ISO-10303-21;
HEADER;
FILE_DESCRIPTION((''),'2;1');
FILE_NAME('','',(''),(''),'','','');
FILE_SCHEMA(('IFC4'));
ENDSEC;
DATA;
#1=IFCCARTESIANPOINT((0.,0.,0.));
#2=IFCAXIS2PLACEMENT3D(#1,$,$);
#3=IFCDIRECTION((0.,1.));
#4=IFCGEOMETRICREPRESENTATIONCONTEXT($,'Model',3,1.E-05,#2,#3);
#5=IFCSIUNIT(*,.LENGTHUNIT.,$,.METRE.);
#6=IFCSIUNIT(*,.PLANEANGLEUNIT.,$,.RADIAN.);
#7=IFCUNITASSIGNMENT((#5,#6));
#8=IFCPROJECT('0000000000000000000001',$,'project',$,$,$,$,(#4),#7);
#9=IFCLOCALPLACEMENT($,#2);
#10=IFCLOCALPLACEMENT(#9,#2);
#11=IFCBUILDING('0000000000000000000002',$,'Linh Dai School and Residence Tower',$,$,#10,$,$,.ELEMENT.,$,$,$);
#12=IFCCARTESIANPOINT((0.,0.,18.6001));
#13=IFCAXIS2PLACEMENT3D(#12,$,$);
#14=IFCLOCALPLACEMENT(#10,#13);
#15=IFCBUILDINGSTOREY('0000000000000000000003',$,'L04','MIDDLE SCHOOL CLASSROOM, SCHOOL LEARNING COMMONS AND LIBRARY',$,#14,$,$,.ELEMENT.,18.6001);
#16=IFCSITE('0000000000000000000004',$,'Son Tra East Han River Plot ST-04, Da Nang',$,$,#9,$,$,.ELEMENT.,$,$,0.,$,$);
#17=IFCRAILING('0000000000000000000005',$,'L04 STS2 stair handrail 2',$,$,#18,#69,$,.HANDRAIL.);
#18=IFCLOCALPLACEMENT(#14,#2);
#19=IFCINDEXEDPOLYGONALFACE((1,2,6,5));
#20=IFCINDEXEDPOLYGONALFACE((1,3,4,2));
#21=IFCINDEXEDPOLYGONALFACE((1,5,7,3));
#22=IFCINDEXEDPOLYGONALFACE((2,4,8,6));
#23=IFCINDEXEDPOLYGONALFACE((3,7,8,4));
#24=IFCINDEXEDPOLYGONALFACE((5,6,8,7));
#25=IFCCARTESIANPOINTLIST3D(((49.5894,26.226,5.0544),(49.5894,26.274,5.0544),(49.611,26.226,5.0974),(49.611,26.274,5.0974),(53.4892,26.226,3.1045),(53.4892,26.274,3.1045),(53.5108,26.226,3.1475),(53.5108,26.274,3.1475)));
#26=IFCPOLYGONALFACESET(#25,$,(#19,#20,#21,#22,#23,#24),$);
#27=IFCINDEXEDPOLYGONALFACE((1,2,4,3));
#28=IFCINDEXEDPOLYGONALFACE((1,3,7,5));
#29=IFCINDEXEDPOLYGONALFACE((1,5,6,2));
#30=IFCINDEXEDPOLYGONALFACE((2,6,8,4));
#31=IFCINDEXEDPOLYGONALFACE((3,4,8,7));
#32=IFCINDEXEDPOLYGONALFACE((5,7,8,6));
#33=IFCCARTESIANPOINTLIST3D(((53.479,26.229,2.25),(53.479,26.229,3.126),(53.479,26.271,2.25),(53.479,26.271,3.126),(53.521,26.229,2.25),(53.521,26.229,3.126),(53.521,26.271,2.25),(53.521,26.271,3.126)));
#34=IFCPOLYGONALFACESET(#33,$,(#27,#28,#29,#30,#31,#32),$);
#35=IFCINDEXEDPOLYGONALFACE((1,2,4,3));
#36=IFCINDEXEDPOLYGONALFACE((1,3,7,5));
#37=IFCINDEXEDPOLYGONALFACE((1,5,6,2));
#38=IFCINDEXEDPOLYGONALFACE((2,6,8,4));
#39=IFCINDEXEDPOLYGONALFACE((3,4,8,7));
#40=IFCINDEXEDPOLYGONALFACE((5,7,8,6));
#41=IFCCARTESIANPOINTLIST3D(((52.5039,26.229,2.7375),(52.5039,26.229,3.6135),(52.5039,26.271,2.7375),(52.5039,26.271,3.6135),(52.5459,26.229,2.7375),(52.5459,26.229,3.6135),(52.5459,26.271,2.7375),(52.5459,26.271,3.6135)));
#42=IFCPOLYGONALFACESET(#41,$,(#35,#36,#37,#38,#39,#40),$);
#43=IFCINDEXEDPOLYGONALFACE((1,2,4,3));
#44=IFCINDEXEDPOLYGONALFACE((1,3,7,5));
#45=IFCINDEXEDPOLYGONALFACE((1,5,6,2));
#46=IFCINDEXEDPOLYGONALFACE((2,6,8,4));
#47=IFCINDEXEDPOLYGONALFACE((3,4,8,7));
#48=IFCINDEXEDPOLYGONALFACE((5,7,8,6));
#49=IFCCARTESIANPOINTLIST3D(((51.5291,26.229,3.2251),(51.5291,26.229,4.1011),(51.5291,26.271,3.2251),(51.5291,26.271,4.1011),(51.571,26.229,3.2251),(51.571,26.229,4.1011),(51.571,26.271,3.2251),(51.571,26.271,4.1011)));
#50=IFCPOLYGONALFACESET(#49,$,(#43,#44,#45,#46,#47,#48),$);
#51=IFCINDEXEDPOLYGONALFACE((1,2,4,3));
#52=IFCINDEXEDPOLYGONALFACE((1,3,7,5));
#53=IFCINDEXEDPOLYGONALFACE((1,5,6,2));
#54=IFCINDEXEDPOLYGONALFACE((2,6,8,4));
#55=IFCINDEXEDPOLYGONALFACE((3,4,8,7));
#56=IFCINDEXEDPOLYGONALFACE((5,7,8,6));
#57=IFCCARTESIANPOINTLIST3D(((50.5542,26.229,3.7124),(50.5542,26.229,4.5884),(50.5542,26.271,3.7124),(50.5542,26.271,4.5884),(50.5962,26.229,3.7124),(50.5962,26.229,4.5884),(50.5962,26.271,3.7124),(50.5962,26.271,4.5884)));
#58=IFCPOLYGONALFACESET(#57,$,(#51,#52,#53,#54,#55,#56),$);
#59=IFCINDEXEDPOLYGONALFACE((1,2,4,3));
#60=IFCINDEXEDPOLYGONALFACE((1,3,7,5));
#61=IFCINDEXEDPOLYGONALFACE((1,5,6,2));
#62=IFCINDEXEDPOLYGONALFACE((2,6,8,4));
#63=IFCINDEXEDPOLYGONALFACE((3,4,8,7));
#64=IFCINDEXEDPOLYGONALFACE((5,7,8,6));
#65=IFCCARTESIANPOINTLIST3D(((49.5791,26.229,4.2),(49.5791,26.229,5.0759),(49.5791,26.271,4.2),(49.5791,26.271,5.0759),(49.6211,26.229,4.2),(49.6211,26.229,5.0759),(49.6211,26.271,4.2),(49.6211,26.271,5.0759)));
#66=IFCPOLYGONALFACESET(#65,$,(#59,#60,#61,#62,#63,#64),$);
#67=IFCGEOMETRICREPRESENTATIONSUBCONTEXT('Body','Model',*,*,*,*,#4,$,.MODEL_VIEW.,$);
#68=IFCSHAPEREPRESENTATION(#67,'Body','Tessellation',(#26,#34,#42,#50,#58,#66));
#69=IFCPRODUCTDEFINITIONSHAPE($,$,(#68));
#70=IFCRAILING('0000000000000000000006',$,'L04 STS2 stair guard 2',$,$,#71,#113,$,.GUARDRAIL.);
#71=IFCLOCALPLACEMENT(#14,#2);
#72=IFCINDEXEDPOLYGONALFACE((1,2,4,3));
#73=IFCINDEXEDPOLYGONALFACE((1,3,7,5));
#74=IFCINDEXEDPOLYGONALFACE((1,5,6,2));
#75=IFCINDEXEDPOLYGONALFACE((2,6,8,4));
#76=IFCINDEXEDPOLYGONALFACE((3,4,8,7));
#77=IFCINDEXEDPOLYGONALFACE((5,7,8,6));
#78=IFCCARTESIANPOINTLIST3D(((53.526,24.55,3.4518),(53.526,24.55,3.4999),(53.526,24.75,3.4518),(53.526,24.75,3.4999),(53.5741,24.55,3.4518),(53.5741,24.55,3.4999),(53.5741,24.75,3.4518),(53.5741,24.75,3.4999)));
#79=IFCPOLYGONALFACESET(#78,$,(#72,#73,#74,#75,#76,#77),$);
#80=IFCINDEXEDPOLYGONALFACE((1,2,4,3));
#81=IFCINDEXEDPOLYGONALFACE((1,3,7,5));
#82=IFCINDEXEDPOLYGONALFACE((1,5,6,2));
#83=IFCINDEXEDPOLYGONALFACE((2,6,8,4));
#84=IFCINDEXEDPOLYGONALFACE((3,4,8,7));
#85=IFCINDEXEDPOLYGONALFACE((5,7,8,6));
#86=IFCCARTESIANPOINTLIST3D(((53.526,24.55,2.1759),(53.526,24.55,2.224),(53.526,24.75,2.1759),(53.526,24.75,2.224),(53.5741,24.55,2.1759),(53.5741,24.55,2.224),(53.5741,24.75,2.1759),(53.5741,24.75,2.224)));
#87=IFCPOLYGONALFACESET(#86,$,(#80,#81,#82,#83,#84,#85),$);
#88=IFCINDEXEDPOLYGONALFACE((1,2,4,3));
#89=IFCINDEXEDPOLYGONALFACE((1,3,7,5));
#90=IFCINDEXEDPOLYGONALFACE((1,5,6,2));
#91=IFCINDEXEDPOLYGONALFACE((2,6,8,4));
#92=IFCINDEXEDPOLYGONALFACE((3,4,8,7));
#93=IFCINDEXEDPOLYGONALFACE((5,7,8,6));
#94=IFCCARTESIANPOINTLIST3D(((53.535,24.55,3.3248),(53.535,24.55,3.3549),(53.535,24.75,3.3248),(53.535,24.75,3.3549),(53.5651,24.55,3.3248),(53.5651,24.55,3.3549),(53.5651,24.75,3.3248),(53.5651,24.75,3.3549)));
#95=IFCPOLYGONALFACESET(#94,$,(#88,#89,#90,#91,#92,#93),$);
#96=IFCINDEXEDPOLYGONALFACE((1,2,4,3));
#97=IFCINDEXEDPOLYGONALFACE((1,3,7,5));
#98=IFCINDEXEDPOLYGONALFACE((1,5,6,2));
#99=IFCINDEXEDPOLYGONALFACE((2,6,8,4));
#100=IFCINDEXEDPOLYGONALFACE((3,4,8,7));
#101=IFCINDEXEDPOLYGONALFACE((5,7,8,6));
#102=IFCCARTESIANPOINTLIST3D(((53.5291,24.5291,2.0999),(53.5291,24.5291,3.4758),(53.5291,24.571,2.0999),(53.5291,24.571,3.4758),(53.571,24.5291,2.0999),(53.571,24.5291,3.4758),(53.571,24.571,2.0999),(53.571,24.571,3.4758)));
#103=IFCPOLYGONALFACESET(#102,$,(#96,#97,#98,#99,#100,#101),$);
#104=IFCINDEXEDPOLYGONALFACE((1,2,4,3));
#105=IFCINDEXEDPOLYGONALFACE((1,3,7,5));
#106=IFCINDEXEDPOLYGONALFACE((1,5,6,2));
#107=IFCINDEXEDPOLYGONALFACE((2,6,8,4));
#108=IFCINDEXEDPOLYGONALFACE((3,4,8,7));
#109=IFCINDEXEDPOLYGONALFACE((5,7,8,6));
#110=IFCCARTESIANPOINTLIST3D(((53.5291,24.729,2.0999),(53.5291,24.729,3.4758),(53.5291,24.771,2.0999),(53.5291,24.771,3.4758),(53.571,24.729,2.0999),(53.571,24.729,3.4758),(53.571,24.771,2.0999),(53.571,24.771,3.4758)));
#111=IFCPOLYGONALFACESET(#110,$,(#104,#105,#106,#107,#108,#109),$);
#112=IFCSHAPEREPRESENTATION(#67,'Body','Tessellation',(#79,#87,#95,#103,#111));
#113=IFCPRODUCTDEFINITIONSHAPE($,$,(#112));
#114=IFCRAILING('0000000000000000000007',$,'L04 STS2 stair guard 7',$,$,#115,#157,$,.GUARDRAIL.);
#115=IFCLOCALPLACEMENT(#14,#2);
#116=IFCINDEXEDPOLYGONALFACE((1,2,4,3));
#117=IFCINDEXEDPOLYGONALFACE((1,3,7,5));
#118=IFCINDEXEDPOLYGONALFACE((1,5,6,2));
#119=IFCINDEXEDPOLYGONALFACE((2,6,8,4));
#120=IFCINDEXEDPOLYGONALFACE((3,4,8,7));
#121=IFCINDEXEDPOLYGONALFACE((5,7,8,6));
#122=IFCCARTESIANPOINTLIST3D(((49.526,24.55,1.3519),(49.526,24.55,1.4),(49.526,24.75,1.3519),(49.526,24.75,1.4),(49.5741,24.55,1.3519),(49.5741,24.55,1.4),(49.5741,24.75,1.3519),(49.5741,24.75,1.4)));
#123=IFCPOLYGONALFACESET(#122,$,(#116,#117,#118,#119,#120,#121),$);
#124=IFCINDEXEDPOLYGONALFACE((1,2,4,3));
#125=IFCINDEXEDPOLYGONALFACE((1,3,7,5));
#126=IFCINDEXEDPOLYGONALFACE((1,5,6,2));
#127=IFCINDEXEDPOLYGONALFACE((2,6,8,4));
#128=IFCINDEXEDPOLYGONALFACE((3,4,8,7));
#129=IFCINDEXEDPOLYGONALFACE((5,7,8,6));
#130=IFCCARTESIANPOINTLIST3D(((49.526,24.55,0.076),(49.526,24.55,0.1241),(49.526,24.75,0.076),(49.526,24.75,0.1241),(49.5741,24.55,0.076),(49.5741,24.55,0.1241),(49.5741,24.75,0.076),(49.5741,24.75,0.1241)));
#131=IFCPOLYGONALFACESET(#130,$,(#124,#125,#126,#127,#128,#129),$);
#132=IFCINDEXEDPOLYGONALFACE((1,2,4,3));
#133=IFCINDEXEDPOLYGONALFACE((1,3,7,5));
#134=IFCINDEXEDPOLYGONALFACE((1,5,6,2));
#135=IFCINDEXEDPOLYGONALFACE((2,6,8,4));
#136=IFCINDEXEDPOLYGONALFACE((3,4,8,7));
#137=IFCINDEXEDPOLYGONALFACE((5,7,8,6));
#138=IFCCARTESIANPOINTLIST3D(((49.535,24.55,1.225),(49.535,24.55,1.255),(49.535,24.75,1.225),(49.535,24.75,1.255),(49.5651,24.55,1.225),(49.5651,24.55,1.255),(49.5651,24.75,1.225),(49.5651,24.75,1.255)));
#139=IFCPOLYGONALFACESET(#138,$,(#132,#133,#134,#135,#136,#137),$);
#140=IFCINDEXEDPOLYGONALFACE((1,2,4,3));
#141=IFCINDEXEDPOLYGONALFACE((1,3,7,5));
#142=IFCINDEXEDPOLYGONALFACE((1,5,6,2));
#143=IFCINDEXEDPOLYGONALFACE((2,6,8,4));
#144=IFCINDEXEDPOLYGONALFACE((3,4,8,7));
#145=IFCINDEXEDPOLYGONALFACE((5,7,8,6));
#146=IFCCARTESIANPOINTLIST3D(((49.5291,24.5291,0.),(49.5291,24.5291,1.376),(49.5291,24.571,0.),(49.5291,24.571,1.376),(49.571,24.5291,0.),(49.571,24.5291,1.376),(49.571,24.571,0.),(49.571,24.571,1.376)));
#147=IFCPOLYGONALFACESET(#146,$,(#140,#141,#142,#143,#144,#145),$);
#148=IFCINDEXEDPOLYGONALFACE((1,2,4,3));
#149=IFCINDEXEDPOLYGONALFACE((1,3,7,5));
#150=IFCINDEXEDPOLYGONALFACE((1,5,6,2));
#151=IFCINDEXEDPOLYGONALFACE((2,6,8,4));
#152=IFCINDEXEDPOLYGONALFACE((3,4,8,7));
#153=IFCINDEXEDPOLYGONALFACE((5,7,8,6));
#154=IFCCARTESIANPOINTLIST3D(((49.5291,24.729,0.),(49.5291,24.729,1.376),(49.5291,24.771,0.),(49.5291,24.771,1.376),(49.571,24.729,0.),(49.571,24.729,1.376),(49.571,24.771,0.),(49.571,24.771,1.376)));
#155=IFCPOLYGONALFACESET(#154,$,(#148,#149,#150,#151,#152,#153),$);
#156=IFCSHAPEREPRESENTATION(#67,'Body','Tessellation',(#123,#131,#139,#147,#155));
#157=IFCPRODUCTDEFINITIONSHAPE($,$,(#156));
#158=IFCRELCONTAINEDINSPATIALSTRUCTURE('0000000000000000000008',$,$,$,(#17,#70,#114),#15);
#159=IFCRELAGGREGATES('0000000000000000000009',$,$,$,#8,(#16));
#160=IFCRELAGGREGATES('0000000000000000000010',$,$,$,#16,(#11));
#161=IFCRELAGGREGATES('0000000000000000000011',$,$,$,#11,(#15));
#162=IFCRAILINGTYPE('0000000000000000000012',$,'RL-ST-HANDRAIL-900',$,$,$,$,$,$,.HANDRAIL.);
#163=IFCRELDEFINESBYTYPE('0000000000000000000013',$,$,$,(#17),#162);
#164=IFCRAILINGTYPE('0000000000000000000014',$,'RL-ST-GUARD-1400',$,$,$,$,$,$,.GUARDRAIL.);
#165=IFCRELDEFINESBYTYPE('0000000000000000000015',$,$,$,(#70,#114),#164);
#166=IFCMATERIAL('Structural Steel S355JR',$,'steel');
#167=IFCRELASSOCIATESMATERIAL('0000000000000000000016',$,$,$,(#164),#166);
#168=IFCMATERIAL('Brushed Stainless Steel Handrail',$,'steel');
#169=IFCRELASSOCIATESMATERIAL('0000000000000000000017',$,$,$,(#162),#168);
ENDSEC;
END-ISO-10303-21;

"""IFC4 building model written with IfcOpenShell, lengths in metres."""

from ifc_helpers import new_model, si_unit, direction, frame, origin, origin_2d, place, context, subcontext, project, spatial, rectangle, extrude, source, transform, mapped, material, type_object, element, save


model = new_model("IFC4")

# Units and contexts
model_context = context("Model", 3, precision=1e-05, world=origin(), true_north=direction((0.0, 1.0)))
body_context = subcontext(model_context, "Body", "Model", "MODEL_VIEW")
ifc_project = project(units=[si_unit("LENGTHUNIT", "METRE"), si_unit("PLANEANGLEUNIT", "RADIAN")], contexts=[model_context])

# Site, building, storey
site_placement = place(None, origin())
site = spatial("IfcSite", under=ifc_project, at=site_placement, Name="Son Tra East Han River Plot ST-04, Da Nang", CompositionType="ELEMENT", RefElevation=0.0)
building_placement = place(site_placement, origin())
building = spatial("IfcBuilding", under=site, at=building_placement, Name="Linh Dai School and Residence Tower", CompositionType="ELEMENT")
storey_placement = place(building_placement, frame((0.0, 0.0, 18.6001)))
storey = spatial("IfcBuildingStorey", under=building, at=storey_placement, Name="L04", Description="MIDDLE SCHOOL CLASSROOM, SCHOOL LEARNING COMMONS AND LIBRARY", CompositionType="ELEMENT", Elevation=18.6001)

# Shared definitions
ifc_material_1 = material(Name="Structural Steel S355JR", Category="steel")

# Railings
railing_type_1 = type_object("IfcRailingType", Name="RL-ST-GUARD-1400", PredefinedType="GUARDRAIL", material=ifc_material_1)
ifc_material_2 = material(Name="Brushed Stainless Steel Handrail", Category="steel")
railing_type_2 = type_object("IfcRailingType", Name="RL-ST-HANDRAIL-900", PredefinedType="HANDRAIL", material=ifc_material_2)
shared_shape_1 = source(origin(), body_context, "Body", "SweptSolid", [
    extrude(rectangle(XDim=0.0481, YDim=0.0481, at=origin_2d()), frame((0.0, 0.0, 0.876), z_axis=(-0.894427, 0.0, 0.447214), x_axis=(0.0, -1.0, 0.0)), (0.0, 0.0, 1.0), 4.3601),
    extrude(rectangle(XDim=0.042, YDim=0.042, at=origin_2d()), origin(), (0.0, 0.0, 1.0), 0.876),
    extrude(rectangle(XDim=0.042, YDim=0.042, at=origin_2d()), frame((-0.9751, 0.0, 0.4875)), (0.0, 0.0, 1.0), 0.876),
    extrude(rectangle(XDim=0.042, YDim=0.042, at=origin_2d()), frame((-1.95, 0.0, 0.9751)), (0.0, 0.0, 1.0), 0.876),
    extrude(rectangle(XDim=0.042, YDim=0.042, at=origin_2d()), frame((-2.9248, 0.0, 1.4624)), (0.0, 0.0, 1.0), 0.876),
    extrude(rectangle(XDim=0.042, YDim=0.042, at=origin_2d()), frame((-3.8999, 0.0, 1.95)), (0.0, 0.0, 1.0), 0.876),
])
railing_1_placement = place(storey_placement, frame((53.5, 26.25, 2.25)))
element("IfcRailing", 1, at=railing_1_placement, inside=storey, type_object=railing_type_2, Name="L04 STS2 stair handrail 2", PredefinedType="HANDRAIL", context=body_context, shape_type="MappedRepresentation", body=[
    mapped(shared_shape_1, transform((0.0, 0.0, 0.0), x_axis=(1.0, 0.0, 0.0), y_axis=(0.0, 1.0, 0.0), z_axis=(0.0, 0.0, 1.0), scale=1.0)),
])
shared_shape_2 = source(origin(), body_context, "Body", "SweptSolid", [
    extrude(rectangle(XDim=0.0481, YDim=0.0481, at=origin_2d()), frame((0.0, 0.0, 1.376), z_axis=(0.0, 1.0, 0.0), x_axis=(-1.0, 0.0, 0.0)), (0.0, 0.0, 1.0), 0.2),
    extrude(rectangle(XDim=0.0481, YDim=0.0481, at=origin_2d()), frame((0.0, 0.0, 0.1001), z_axis=(0.0, 1.0, 0.0), x_axis=(-1.0, 0.0, 0.0)), (0.0, 0.0, 1.0), 0.2),
    extrude(rectangle(XDim=0.03, YDim=0.03, at=origin_2d()), frame((0.0, 0.0, 1.24), z_axis=(0.0, 1.0, 0.0), x_axis=(-1.0, 0.0, 0.0)), (0.0, 0.0, 1.0), 0.2),
    extrude(rectangle(XDim=0.042, YDim=0.042, at=origin_2d()), origin(), (0.0, 0.0, 1.0), 1.376),
    extrude(rectangle(XDim=0.042, YDim=0.042, at=origin_2d()), frame((0.0, 0.2, 0.0)), (0.0, 0.0, 1.0), 1.376),
])
for number, where, name in (
    (2, (53.55, 24.55, 2.0999), "L04 STS2 stair guard 2"),
    (3, (49.55, 24.55, 0.0), "L04 STS2 stair guard 7"),
):
    element("IfcRailing", number, at=place(storey_placement, frame(where)), inside=storey, type_object=railing_type_1, Name=name, PredefinedType="GUARDRAIL", context=body_context, shape_type="MappedRepresentation", body=[
        mapped(shared_shape_2, transform((0.0, 0.0, 0.0), x_axis=(1.0, 0.0, 0.0), y_axis=(0.0, 1.0, 0.0), z_axis=(0.0, 0.0, 1.0), scale=1.0)),
    ])

save(model, "model.ifc")
